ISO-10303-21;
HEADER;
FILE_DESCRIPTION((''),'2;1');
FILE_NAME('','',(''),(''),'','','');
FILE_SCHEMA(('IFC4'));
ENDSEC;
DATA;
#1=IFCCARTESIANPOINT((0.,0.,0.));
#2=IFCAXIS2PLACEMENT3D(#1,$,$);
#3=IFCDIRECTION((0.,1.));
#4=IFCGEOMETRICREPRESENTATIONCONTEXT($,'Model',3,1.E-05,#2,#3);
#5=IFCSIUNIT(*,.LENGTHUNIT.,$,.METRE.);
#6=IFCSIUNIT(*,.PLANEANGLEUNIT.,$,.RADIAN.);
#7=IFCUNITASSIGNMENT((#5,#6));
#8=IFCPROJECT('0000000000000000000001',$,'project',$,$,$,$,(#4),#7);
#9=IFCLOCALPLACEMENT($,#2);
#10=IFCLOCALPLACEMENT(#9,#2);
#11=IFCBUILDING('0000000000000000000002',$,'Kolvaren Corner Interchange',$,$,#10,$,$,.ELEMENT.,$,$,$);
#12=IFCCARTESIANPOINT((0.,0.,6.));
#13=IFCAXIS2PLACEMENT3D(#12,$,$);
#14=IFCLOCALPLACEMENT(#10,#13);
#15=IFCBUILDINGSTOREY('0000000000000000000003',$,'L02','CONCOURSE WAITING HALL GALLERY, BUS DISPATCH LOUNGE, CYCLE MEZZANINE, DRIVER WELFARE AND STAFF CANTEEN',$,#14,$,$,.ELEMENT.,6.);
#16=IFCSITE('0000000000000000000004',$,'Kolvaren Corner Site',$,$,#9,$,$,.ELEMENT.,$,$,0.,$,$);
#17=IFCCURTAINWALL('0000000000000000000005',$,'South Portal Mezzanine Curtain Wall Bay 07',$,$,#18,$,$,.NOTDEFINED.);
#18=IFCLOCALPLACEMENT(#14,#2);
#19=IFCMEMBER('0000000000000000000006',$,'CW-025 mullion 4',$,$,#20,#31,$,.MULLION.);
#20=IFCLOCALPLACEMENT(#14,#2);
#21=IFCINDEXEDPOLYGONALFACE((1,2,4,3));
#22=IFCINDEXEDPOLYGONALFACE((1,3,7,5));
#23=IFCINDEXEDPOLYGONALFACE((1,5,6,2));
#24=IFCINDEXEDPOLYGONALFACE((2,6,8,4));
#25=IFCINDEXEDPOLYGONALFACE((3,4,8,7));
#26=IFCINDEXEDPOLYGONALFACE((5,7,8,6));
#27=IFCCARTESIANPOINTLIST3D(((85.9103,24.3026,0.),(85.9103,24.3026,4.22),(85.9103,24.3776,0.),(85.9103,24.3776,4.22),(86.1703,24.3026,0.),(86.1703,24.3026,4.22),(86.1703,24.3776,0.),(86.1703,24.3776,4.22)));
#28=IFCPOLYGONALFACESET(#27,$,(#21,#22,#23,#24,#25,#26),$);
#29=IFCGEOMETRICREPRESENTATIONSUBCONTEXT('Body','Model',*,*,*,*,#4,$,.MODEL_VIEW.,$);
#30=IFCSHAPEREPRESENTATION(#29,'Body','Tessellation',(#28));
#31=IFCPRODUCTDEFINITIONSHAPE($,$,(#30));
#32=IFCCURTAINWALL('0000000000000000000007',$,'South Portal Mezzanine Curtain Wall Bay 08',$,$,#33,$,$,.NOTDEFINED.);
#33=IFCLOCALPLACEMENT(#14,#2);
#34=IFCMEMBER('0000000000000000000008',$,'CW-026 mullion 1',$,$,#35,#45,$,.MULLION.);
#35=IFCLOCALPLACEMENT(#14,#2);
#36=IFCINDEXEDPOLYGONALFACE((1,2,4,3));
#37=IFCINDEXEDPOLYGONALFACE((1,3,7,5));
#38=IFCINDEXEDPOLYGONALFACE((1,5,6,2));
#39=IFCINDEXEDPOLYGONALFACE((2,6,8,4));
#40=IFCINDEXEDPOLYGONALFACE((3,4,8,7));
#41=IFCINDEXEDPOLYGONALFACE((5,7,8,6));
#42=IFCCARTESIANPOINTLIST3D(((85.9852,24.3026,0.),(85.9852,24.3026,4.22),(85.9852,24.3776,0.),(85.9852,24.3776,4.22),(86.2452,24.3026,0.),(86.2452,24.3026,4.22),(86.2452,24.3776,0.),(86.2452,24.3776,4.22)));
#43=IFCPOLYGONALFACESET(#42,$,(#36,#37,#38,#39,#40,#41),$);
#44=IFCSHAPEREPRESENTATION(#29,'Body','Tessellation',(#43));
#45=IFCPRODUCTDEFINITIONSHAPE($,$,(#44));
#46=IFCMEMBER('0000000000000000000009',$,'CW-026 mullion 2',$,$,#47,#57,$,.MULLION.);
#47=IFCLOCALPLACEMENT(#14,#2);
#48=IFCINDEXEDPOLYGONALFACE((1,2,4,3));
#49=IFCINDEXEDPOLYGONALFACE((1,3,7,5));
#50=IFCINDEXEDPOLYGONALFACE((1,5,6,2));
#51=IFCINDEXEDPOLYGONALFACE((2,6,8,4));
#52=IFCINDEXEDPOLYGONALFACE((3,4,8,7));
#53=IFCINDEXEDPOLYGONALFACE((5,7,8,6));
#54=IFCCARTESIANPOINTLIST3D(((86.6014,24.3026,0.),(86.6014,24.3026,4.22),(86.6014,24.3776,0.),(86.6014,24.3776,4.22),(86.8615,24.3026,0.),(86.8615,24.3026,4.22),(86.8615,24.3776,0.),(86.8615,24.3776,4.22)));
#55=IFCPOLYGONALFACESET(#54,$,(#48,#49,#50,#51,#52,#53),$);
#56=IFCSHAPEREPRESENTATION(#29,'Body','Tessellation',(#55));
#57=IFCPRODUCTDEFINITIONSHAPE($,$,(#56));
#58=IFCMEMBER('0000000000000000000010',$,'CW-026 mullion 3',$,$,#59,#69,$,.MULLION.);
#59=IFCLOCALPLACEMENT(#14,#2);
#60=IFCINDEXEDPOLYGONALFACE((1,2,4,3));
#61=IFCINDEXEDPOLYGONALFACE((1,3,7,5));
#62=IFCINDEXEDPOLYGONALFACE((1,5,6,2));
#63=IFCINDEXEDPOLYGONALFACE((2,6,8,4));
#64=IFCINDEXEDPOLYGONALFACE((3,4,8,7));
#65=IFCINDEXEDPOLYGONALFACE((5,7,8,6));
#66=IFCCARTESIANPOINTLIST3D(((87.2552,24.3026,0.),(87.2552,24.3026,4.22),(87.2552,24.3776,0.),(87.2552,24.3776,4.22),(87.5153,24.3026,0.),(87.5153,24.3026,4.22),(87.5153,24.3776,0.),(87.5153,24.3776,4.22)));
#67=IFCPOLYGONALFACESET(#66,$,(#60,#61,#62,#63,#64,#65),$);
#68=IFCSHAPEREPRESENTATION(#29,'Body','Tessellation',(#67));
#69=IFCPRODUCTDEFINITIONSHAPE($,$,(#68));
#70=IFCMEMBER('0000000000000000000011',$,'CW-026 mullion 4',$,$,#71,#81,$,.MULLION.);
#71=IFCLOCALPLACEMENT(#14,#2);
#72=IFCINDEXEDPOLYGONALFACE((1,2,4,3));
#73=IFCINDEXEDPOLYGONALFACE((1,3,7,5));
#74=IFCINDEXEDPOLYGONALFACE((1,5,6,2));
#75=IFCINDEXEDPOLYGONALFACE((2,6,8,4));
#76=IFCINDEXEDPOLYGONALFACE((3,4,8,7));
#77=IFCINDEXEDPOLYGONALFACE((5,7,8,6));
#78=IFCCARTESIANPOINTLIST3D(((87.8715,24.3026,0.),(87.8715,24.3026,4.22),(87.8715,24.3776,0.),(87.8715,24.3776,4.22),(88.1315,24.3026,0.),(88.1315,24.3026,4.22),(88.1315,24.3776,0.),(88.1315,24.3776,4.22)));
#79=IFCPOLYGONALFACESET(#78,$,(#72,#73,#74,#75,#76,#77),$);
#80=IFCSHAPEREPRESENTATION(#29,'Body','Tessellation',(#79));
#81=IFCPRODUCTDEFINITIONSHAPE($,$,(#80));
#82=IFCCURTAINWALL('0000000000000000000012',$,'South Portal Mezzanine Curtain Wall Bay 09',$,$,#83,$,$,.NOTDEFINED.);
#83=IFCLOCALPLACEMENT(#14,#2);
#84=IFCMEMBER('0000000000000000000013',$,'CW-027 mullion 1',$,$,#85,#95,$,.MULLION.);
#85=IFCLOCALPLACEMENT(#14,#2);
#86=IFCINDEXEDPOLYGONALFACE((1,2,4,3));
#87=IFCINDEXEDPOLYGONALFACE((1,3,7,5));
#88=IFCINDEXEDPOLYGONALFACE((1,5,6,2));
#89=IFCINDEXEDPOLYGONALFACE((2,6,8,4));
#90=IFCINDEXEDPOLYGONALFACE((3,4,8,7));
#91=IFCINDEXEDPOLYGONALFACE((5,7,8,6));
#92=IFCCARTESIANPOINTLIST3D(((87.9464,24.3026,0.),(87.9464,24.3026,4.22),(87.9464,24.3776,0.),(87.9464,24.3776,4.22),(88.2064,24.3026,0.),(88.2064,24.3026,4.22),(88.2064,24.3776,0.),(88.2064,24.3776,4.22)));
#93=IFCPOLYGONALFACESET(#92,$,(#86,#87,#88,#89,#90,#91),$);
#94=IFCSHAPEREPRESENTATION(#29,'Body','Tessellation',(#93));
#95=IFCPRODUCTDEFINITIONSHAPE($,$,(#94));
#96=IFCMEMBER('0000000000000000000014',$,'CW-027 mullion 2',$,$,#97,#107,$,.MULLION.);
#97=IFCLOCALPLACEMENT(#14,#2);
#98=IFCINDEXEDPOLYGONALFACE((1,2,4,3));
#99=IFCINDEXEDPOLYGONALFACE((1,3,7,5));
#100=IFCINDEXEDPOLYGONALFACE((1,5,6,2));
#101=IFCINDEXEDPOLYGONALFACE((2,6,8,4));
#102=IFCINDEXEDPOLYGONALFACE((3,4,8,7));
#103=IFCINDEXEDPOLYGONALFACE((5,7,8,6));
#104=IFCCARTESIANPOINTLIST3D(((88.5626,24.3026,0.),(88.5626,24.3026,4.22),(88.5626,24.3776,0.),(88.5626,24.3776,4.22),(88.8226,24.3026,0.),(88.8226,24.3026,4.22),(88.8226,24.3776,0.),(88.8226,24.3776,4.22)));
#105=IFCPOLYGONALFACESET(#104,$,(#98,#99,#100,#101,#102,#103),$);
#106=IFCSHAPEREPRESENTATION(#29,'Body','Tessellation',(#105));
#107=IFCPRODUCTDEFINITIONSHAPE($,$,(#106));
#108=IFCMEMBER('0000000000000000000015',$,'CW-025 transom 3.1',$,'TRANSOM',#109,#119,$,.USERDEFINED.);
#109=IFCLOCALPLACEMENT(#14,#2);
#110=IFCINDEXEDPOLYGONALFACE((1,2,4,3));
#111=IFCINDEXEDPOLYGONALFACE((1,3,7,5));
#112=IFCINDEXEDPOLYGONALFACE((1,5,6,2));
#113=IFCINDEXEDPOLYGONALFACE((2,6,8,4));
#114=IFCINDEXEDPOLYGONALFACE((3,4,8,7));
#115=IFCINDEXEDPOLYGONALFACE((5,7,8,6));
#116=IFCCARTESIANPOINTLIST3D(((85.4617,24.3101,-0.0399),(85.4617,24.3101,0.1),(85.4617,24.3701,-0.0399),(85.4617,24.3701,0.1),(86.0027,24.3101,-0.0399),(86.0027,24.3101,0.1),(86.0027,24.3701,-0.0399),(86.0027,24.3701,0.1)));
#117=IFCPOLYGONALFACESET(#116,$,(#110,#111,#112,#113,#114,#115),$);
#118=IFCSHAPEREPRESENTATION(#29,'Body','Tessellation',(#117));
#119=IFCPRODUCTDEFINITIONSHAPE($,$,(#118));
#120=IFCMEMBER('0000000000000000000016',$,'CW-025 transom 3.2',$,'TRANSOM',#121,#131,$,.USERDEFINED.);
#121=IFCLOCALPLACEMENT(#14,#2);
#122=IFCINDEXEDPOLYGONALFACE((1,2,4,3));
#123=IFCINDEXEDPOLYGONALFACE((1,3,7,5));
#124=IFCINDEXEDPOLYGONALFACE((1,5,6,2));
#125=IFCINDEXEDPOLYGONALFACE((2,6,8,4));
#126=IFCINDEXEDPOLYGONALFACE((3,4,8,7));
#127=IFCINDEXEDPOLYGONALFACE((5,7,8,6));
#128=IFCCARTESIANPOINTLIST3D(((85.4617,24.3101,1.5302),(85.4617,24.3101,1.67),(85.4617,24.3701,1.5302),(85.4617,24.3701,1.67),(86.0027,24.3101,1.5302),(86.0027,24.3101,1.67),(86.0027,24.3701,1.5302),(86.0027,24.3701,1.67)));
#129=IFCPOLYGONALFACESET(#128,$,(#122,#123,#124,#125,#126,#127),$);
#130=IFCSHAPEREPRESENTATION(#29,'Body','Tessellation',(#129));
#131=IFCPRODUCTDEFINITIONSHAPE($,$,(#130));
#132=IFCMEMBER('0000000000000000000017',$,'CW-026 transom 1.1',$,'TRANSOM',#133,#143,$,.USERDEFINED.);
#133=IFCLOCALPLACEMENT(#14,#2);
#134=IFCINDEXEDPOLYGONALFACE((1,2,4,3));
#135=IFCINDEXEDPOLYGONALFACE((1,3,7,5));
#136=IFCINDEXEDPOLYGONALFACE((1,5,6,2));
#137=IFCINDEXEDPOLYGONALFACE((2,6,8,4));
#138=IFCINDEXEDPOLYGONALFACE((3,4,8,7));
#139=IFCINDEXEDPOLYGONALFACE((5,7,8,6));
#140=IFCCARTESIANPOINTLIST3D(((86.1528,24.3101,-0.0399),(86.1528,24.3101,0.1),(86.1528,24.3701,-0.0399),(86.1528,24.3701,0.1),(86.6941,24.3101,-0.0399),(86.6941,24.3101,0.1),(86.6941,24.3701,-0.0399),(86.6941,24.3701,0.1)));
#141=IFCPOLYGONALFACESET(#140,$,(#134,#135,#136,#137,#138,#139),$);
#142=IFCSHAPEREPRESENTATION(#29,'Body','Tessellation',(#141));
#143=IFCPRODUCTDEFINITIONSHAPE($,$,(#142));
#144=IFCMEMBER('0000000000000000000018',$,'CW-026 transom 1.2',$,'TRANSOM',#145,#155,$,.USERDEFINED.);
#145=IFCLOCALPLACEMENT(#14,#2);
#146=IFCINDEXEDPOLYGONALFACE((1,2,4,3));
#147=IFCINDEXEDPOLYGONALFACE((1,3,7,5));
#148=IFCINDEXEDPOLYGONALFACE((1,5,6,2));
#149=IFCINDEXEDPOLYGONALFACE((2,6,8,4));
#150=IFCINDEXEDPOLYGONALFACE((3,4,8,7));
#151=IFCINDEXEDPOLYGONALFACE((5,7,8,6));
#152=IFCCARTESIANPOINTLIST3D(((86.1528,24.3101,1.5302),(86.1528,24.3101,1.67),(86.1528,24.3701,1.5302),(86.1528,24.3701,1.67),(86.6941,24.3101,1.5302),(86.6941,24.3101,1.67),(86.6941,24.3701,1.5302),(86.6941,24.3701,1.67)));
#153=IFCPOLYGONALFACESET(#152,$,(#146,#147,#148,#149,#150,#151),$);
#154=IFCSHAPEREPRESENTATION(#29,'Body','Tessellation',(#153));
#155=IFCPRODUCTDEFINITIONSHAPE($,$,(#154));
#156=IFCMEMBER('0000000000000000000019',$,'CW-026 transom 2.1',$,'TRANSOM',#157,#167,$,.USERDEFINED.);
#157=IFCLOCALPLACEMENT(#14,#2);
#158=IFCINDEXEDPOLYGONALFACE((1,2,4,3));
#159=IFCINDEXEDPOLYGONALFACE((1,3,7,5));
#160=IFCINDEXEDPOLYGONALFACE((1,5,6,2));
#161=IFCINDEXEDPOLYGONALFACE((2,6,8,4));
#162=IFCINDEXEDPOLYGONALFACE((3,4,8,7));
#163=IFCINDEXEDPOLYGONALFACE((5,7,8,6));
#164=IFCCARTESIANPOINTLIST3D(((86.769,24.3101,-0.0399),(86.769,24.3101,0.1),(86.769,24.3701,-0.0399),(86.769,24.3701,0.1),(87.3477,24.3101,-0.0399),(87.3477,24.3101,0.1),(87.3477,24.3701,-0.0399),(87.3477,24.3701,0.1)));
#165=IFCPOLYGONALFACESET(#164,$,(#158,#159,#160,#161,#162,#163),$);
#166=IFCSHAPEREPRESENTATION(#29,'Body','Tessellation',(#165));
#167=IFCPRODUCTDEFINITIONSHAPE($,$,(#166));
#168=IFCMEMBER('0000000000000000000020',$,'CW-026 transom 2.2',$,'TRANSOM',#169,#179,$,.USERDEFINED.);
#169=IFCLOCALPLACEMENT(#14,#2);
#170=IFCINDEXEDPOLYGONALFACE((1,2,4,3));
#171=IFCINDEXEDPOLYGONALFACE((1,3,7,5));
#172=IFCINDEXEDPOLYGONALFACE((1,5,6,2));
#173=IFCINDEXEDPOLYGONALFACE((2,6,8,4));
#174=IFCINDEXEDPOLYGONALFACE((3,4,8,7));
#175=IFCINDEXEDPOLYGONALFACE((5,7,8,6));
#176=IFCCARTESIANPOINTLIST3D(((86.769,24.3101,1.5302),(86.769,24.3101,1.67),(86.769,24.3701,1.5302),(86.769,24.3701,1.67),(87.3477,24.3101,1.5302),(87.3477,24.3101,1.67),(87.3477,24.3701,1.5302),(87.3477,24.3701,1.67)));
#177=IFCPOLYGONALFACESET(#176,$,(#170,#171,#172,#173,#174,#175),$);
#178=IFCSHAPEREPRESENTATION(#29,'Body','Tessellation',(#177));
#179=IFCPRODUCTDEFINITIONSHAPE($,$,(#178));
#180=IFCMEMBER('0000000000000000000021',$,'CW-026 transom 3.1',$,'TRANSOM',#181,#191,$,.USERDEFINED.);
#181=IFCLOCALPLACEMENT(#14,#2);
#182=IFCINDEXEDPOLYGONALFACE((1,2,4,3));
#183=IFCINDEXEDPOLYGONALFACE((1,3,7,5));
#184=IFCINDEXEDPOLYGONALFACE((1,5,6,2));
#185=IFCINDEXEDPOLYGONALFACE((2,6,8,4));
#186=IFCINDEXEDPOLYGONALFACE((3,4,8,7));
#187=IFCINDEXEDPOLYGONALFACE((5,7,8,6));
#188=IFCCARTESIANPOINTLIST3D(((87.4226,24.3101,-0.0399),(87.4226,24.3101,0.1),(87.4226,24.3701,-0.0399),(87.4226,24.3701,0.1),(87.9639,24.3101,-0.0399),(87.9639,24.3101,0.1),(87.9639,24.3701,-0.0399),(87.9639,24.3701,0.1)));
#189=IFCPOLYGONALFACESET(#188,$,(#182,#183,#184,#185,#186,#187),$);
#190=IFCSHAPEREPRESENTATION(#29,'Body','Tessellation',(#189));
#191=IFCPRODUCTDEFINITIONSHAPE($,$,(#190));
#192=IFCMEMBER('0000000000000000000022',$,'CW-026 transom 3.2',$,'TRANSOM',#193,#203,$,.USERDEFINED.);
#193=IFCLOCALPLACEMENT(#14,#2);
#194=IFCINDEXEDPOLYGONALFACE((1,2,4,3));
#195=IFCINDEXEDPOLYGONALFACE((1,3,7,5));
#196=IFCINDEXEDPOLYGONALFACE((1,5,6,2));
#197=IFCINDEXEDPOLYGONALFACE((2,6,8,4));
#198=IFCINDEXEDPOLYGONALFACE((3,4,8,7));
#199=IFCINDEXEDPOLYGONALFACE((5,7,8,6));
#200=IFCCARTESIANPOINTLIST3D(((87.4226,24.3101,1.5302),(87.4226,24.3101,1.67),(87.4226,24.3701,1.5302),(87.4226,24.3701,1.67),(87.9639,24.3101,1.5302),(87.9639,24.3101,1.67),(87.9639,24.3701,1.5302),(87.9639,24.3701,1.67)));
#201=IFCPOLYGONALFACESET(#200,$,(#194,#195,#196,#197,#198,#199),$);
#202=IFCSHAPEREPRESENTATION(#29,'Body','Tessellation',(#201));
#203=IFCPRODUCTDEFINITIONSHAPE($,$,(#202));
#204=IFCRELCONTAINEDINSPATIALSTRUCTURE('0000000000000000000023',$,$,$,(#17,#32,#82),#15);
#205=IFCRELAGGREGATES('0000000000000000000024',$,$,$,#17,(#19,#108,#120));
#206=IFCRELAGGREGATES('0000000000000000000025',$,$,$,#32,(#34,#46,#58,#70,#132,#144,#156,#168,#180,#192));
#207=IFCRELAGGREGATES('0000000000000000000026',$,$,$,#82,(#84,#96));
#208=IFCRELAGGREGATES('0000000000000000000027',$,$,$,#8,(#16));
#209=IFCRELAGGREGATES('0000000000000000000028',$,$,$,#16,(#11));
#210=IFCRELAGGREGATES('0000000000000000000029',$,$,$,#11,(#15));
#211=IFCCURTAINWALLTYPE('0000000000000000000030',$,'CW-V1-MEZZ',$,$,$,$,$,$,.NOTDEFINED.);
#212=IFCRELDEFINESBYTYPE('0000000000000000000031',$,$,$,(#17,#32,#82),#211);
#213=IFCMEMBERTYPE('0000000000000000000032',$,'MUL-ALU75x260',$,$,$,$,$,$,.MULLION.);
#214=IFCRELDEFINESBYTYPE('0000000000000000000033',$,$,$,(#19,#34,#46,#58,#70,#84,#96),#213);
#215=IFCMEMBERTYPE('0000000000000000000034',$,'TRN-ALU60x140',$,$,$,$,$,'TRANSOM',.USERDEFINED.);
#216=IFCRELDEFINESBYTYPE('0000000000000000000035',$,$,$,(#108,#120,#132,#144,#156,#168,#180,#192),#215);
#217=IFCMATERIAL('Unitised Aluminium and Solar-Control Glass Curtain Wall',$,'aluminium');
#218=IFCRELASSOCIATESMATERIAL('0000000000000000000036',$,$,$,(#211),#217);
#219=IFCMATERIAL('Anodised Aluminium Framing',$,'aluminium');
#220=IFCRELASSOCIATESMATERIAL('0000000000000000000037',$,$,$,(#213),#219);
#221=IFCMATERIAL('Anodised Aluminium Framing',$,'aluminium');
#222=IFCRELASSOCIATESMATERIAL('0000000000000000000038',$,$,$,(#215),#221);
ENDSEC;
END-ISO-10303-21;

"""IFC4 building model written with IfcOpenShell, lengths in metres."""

from ifc_helpers import new_model, si_unit, direction, frame, origin, origin_2d, place, context, subcontext, project, spatial, rectangle, extrude, material, material_profile, profile_set, type_object, element, aggregate, save


model = new_model("IFC4")

# Units and contexts
model_context = context("Model", 3, precision=1e-05, world=origin(), true_north=direction((0.0, 1.0)))
body_context = subcontext(model_context, "Body", "Model", "MODEL_VIEW")
ifc_project = project(units=[si_unit("LENGTHUNIT", "METRE"), si_unit("PLANEANGLEUNIT", "RADIAN")], contexts=[model_context])

# Site, building, storey
site_placement = place(None, origin())
site = spatial("IfcSite", under=ifc_project, at=site_placement, Name="Kolvaren Corner Site", CompositionType="ELEMENT", RefElevation=0.0)
building_placement = place(site_placement, origin())
building = spatial("IfcBuilding", under=site, at=building_placement, Name="Kolvaren Corner Interchange", CompositionType="ELEMENT")
storey_placement = place(building_placement, frame((0.0, 0.0, 6.0)))
storey = spatial("IfcBuildingStorey", under=building, at=storey_placement, Name="L02", Description="CONCOURSE WAITING HALL GALLERY, BUS DISPATCH LOUNGE, CYCLE MEZZANINE, DRIVER WELFARE AND STAFF CANTEEN", CompositionType="ELEMENT", Elevation=6.0)

# Curtain wall, member
ifc_material_1 = material(Name="Unitised Aluminium and Solar-Control Glass Curtain Wall", Category="aluminium")
curtain_wall_type = type_object("IfcCurtainWallType", Name="CW-V1-MEZZ", PredefinedType="NOTDEFINED", material=ifc_material_1)
curtain_wall_1_placement = place(storey_placement, origin())
curtain_wall_1 = element("IfcCurtainWall", 1, at=curtain_wall_1_placement, inside=storey, type_object=curtain_wall_type, Name="South Portal Mezzanine Curtain Wall Bay 07", PredefinedType="NOTDEFINED")
ifc_material_2 = material(Name="Anodised Aluminium Framing", Category="aluminium")
ifc_material_profile_1 = material_profile(ifc_material_2, rectangle(XDim=0.075, YDim=0.26, at=origin_2d()), Name="ALU 75x260")
ifc_profile_set_1 = profile_set([ifc_material_profile_1], Name="Anodised Aluminium Framing")
member_type_1 = type_object("IfcMemberType", Name="MUL-ALU75x260", PredefinedType="MULLION", material=ifc_profile_set_1)
member_1_placement = place(storey_placement, frame((86.0403, 24.3401, 0.0), z_axis=(0.0, 0.0, 1.0), x_axis=(0.0, 1.0, 0.0)))
member_1 = element("IfcMember", 2, at=member_1_placement, type_object=member_type_1, Name="CW-025 mullion 4", PredefinedType="MULLION", context=body_context, shape_type="SweptSolid", body=[
    extrude(rectangle(XDim=0.075, YDim=0.26, at=origin_2d()), origin(), (0.0, 0.0, 1.0), 4.22),
])

# Curtain walls, members
curtain_wall_2_placement = place(storey_placement, origin())
curtain_wall_2 = element("IfcCurtainWall", 3, at=curtain_wall_2_placement, inside=storey, type_object=curtain_wall_type, Name="South Portal Mezzanine Curtain Wall Bay 08", PredefinedType="NOTDEFINED")
member_2_placement = place(storey_placement, frame((86.1152, 24.3401, 0.0), z_axis=(0.0, 0.0, 1.0), x_axis=(0.0, 1.0, 0.0)))
member_2 = element("IfcMember", 4, at=member_2_placement, type_object=member_type_1, Name="CW-026 mullion 1", PredefinedType="MULLION", context=body_context, shape_type="SweptSolid", body=[
    extrude(rectangle(XDim=0.075, YDim=0.26, at=origin_2d()), origin(), (0.0, 0.0, 1.0), 4.22),
])
member_3_placement = place(storey_placement, frame((86.7314, 24.3401, 0.0), z_axis=(0.0, 0.0, 1.0), x_axis=(0.0, 1.0, 0.0)))
member_3 = element("IfcMember", 5, at=member_3_placement, type_object=member_type_1, Name="CW-026 mullion 2", PredefinedType="MULLION", context=body_context, shape_type="SweptSolid", body=[
    extrude(rectangle(XDim=0.075, YDim=0.26, at=origin_2d()), origin(), (0.0, 0.0, 1.0), 4.22),
])
member_4_placement = place(storey_placement, frame((87.3853, 24.3401, 0.0), z_axis=(0.0, 0.0, 1.0), x_axis=(0.0, 1.0, 0.0)))
member_4 = element("IfcMember", 6, at=member_4_placement, type_object=member_type_1, Name="CW-026 mullion 3", PredefinedType="MULLION", context=body_context, shape_type="SweptSolid", body=[
    extrude(rectangle(XDim=0.075, YDim=0.26, at=origin_2d()), origin(), (0.0, 0.0, 1.0), 4.22),
])
member_5_placement = place(storey_placement, frame((88.0015, 24.3401, 0.0), z_axis=(0.0, 0.0, 1.0), x_axis=(0.0, 1.0, 0.0)))
member_5 = element("IfcMember", 7, at=member_5_placement, type_object=member_type_1, Name="CW-026 mullion 4", PredefinedType="MULLION", context=body_context, shape_type="SweptSolid", body=[
    extrude(rectangle(XDim=0.075, YDim=0.26, at=origin_2d()), origin(), (0.0, 0.0, 1.0), 4.22),
])
curtain_wall_3_placement = place(storey_placement, origin())
curtain_wall_3 = element("IfcCurtainWall", 8, at=curtain_wall_3_placement, inside=storey, type_object=curtain_wall_type, Name="South Portal Mezzanine Curtain Wall Bay 09", PredefinedType="NOTDEFINED")
member_6_placement = place(storey_placement, frame((88.0764, 24.3401, 0.0), z_axis=(0.0, 0.0, 1.0), x_axis=(0.0, 1.0, 0.0)))
member_6 = element("IfcMember", 9, at=member_6_placement, type_object=member_type_1, Name="CW-027 mullion 1", PredefinedType="MULLION", context=body_context, shape_type="SweptSolid", body=[
    extrude(rectangle(XDim=0.075, YDim=0.26, at=origin_2d()), origin(), (0.0, 0.0, 1.0), 4.22),
])
member_7_placement = place(storey_placement, frame((88.6926, 24.3401, 0.0), z_axis=(0.0, 0.0, 1.0), x_axis=(0.0, 1.0, 0.0)))
member_7 = element("IfcMember", 10, at=member_7_placement, type_object=member_type_1, Name="CW-027 mullion 2", PredefinedType="MULLION", context=body_context, shape_type="SweptSolid", body=[
    extrude(rectangle(XDim=0.075, YDim=0.26, at=origin_2d()), origin(), (0.0, 0.0, 1.0), 4.22),
])

# Members
ifc_material_3 = material(Name="Anodised Aluminium Framing", Category="aluminium")
ifc_material_profile_2 = material_profile(ifc_material_3, rectangle(XDim=0.0601, YDim=0.1399, at=origin_2d()), Name="ALU 60x140")
ifc_profile_set_2 = profile_set([ifc_material_profile_2], Name="Anodised Aluminium Framing")
member_type_2 = type_object("IfcMemberType", Name="TRN-ALU60x140", ElementType="TRANSOM", PredefinedType="USERDEFINED", material=ifc_profile_set_2)
member_8_placement = place(storey_placement, frame((85.4617, 24.3401, 0.03), z_axis=(1.0, 0.0, 0.0), x_axis=(0.0, 1.0, 0.0)))
member_8 = element("IfcMember", 11, at=member_8_placement, type_object=member_type_2, Name="CW-025 transom 3.1", ObjectType="TRANSOM", PredefinedType="USERDEFINED", context=body_context, shape_type="SweptSolid", body=[
    extrude(rectangle(XDim=0.0601, YDim=0.1399, at=origin_2d()), origin(), (0.0, 0.0, 1.0), 0.541),
])
member_9_placement = place(storey_placement, frame((85.4617, 24.3401, 1.6001), z_axis=(1.0, 0.0, 0.0), x_axis=(0.0, 1.0, 0.0)))
member_9 = element("IfcMember", 12, at=member_9_placement, type_object=member_type_2, Name="CW-025 transom 3.2", ObjectType="TRANSOM", PredefinedType="USERDEFINED", context=body_context, shape_type="SweptSolid", body=[
    extrude(rectangle(XDim=0.0601, YDim=0.1399, at=origin_2d()), origin(), (0.0, 0.0, 1.0), 0.541),
])
member_10_placement = place(storey_placement, frame((86.1528, 24.3401, 0.03), z_axis=(1.0, 0.0, 0.0), x_axis=(0.0, 1.0, 0.0)))
member_10 = element("IfcMember", 13, at=member_10_placement, type_object=member_type_2, Name="CW-026 transom 1.1", ObjectType="TRANSOM", PredefinedType="USERDEFINED", context=body_context, shape_type="SweptSolid", body=[
    extrude(rectangle(XDim=0.0601, YDim=0.1399, at=origin_2d()), origin(), (0.0, 0.0, 1.0), 0.5413),
])
member_11_placement = place(storey_placement, frame((86.1528, 24.3401, 1.6001), z_axis=(1.0, 0.0, 0.0), x_axis=(0.0, 1.0, 0.0)))
member_11 = element("IfcMember", 14, at=member_11_placement, type_object=member_type_2, Name="CW-026 transom 1.2", ObjectType="TRANSOM", PredefinedType="USERDEFINED", context=body_context, shape_type="SweptSolid", body=[
    extrude(rectangle(XDim=0.0601, YDim=0.1399, at=origin_2d()), origin(), (0.0, 0.0, 1.0), 0.5413),
])
member_12_placement = place(storey_placement, frame((86.769, 24.3401, 0.03), z_axis=(1.0, 0.0, 0.0), x_axis=(0.0, 1.0, 0.0)))
member_12 = element("IfcMember", 15, at=member_12_placement, type_object=member_type_2, Name="CW-026 transom 2.1", ObjectType="TRANSOM", PredefinedType="USERDEFINED", context=body_context, shape_type="SweptSolid", body=[
    extrude(rectangle(XDim=0.0601, YDim=0.1399, at=origin_2d()), origin(), (0.0, 0.0, 1.0), 0.5786),
])
member_13_placement = place(storey_placement, frame((86.769, 24.3401, 1.6001), z_axis=(1.0, 0.0, 0.0), x_axis=(0.0, 1.0, 0.0)))
member_13 = element("IfcMember", 16, at=member_13_placement, type_object=member_type_2, Name="CW-026 transom 2.2", ObjectType="TRANSOM", PredefinedType="USERDEFINED", context=body_context, shape_type="SweptSolid", body=[
    extrude(rectangle(XDim=0.0601, YDim=0.1399, at=origin_2d()), origin(), (0.0, 0.0, 1.0), 0.5786),
])
member_14_placement = place(storey_placement, frame((87.4226, 24.3401, 0.03), z_axis=(1.0, 0.0, 0.0), x_axis=(0.0, 1.0, 0.0)))
member_14 = element("IfcMember", 17, at=member_14_placement, type_object=member_type_2, Name="CW-026 transom 3.1", ObjectType="TRANSOM", PredefinedType="USERDEFINED", context=body_context, shape_type="SweptSolid", body=[
    extrude(rectangle(XDim=0.0601, YDim=0.1399, at=origin_2d()), origin(), (0.0, 0.0, 1.0), 0.5413),
])
member_15_placement = place(storey_placement, frame((87.4226, 24.3401, 1.6001), z_axis=(1.0, 0.0, 0.0), x_axis=(0.0, 1.0, 0.0)))
member_15 = element("IfcMember", 18, at=member_15_placement, type_object=member_type_2, Name="CW-026 transom 3.2", ObjectType="TRANSOM", PredefinedType="USERDEFINED", context=body_context, shape_type="SweptSolid", body=[
    extrude(rectangle(XDim=0.0601, YDim=0.1399, at=origin_2d()), origin(), (0.0, 0.0, 1.0), 0.5413),
])

aggregate(curtain_wall_1, [member_1, member_8, member_9])
aggregate(curtain_wall_2, [member_2, member_3, member_4, member_5, member_10, member_11, member_12, member_13, member_14, member_15])
aggregate(curtain_wall_3, [member_6, member_7])

save(model, "model.ifc")
